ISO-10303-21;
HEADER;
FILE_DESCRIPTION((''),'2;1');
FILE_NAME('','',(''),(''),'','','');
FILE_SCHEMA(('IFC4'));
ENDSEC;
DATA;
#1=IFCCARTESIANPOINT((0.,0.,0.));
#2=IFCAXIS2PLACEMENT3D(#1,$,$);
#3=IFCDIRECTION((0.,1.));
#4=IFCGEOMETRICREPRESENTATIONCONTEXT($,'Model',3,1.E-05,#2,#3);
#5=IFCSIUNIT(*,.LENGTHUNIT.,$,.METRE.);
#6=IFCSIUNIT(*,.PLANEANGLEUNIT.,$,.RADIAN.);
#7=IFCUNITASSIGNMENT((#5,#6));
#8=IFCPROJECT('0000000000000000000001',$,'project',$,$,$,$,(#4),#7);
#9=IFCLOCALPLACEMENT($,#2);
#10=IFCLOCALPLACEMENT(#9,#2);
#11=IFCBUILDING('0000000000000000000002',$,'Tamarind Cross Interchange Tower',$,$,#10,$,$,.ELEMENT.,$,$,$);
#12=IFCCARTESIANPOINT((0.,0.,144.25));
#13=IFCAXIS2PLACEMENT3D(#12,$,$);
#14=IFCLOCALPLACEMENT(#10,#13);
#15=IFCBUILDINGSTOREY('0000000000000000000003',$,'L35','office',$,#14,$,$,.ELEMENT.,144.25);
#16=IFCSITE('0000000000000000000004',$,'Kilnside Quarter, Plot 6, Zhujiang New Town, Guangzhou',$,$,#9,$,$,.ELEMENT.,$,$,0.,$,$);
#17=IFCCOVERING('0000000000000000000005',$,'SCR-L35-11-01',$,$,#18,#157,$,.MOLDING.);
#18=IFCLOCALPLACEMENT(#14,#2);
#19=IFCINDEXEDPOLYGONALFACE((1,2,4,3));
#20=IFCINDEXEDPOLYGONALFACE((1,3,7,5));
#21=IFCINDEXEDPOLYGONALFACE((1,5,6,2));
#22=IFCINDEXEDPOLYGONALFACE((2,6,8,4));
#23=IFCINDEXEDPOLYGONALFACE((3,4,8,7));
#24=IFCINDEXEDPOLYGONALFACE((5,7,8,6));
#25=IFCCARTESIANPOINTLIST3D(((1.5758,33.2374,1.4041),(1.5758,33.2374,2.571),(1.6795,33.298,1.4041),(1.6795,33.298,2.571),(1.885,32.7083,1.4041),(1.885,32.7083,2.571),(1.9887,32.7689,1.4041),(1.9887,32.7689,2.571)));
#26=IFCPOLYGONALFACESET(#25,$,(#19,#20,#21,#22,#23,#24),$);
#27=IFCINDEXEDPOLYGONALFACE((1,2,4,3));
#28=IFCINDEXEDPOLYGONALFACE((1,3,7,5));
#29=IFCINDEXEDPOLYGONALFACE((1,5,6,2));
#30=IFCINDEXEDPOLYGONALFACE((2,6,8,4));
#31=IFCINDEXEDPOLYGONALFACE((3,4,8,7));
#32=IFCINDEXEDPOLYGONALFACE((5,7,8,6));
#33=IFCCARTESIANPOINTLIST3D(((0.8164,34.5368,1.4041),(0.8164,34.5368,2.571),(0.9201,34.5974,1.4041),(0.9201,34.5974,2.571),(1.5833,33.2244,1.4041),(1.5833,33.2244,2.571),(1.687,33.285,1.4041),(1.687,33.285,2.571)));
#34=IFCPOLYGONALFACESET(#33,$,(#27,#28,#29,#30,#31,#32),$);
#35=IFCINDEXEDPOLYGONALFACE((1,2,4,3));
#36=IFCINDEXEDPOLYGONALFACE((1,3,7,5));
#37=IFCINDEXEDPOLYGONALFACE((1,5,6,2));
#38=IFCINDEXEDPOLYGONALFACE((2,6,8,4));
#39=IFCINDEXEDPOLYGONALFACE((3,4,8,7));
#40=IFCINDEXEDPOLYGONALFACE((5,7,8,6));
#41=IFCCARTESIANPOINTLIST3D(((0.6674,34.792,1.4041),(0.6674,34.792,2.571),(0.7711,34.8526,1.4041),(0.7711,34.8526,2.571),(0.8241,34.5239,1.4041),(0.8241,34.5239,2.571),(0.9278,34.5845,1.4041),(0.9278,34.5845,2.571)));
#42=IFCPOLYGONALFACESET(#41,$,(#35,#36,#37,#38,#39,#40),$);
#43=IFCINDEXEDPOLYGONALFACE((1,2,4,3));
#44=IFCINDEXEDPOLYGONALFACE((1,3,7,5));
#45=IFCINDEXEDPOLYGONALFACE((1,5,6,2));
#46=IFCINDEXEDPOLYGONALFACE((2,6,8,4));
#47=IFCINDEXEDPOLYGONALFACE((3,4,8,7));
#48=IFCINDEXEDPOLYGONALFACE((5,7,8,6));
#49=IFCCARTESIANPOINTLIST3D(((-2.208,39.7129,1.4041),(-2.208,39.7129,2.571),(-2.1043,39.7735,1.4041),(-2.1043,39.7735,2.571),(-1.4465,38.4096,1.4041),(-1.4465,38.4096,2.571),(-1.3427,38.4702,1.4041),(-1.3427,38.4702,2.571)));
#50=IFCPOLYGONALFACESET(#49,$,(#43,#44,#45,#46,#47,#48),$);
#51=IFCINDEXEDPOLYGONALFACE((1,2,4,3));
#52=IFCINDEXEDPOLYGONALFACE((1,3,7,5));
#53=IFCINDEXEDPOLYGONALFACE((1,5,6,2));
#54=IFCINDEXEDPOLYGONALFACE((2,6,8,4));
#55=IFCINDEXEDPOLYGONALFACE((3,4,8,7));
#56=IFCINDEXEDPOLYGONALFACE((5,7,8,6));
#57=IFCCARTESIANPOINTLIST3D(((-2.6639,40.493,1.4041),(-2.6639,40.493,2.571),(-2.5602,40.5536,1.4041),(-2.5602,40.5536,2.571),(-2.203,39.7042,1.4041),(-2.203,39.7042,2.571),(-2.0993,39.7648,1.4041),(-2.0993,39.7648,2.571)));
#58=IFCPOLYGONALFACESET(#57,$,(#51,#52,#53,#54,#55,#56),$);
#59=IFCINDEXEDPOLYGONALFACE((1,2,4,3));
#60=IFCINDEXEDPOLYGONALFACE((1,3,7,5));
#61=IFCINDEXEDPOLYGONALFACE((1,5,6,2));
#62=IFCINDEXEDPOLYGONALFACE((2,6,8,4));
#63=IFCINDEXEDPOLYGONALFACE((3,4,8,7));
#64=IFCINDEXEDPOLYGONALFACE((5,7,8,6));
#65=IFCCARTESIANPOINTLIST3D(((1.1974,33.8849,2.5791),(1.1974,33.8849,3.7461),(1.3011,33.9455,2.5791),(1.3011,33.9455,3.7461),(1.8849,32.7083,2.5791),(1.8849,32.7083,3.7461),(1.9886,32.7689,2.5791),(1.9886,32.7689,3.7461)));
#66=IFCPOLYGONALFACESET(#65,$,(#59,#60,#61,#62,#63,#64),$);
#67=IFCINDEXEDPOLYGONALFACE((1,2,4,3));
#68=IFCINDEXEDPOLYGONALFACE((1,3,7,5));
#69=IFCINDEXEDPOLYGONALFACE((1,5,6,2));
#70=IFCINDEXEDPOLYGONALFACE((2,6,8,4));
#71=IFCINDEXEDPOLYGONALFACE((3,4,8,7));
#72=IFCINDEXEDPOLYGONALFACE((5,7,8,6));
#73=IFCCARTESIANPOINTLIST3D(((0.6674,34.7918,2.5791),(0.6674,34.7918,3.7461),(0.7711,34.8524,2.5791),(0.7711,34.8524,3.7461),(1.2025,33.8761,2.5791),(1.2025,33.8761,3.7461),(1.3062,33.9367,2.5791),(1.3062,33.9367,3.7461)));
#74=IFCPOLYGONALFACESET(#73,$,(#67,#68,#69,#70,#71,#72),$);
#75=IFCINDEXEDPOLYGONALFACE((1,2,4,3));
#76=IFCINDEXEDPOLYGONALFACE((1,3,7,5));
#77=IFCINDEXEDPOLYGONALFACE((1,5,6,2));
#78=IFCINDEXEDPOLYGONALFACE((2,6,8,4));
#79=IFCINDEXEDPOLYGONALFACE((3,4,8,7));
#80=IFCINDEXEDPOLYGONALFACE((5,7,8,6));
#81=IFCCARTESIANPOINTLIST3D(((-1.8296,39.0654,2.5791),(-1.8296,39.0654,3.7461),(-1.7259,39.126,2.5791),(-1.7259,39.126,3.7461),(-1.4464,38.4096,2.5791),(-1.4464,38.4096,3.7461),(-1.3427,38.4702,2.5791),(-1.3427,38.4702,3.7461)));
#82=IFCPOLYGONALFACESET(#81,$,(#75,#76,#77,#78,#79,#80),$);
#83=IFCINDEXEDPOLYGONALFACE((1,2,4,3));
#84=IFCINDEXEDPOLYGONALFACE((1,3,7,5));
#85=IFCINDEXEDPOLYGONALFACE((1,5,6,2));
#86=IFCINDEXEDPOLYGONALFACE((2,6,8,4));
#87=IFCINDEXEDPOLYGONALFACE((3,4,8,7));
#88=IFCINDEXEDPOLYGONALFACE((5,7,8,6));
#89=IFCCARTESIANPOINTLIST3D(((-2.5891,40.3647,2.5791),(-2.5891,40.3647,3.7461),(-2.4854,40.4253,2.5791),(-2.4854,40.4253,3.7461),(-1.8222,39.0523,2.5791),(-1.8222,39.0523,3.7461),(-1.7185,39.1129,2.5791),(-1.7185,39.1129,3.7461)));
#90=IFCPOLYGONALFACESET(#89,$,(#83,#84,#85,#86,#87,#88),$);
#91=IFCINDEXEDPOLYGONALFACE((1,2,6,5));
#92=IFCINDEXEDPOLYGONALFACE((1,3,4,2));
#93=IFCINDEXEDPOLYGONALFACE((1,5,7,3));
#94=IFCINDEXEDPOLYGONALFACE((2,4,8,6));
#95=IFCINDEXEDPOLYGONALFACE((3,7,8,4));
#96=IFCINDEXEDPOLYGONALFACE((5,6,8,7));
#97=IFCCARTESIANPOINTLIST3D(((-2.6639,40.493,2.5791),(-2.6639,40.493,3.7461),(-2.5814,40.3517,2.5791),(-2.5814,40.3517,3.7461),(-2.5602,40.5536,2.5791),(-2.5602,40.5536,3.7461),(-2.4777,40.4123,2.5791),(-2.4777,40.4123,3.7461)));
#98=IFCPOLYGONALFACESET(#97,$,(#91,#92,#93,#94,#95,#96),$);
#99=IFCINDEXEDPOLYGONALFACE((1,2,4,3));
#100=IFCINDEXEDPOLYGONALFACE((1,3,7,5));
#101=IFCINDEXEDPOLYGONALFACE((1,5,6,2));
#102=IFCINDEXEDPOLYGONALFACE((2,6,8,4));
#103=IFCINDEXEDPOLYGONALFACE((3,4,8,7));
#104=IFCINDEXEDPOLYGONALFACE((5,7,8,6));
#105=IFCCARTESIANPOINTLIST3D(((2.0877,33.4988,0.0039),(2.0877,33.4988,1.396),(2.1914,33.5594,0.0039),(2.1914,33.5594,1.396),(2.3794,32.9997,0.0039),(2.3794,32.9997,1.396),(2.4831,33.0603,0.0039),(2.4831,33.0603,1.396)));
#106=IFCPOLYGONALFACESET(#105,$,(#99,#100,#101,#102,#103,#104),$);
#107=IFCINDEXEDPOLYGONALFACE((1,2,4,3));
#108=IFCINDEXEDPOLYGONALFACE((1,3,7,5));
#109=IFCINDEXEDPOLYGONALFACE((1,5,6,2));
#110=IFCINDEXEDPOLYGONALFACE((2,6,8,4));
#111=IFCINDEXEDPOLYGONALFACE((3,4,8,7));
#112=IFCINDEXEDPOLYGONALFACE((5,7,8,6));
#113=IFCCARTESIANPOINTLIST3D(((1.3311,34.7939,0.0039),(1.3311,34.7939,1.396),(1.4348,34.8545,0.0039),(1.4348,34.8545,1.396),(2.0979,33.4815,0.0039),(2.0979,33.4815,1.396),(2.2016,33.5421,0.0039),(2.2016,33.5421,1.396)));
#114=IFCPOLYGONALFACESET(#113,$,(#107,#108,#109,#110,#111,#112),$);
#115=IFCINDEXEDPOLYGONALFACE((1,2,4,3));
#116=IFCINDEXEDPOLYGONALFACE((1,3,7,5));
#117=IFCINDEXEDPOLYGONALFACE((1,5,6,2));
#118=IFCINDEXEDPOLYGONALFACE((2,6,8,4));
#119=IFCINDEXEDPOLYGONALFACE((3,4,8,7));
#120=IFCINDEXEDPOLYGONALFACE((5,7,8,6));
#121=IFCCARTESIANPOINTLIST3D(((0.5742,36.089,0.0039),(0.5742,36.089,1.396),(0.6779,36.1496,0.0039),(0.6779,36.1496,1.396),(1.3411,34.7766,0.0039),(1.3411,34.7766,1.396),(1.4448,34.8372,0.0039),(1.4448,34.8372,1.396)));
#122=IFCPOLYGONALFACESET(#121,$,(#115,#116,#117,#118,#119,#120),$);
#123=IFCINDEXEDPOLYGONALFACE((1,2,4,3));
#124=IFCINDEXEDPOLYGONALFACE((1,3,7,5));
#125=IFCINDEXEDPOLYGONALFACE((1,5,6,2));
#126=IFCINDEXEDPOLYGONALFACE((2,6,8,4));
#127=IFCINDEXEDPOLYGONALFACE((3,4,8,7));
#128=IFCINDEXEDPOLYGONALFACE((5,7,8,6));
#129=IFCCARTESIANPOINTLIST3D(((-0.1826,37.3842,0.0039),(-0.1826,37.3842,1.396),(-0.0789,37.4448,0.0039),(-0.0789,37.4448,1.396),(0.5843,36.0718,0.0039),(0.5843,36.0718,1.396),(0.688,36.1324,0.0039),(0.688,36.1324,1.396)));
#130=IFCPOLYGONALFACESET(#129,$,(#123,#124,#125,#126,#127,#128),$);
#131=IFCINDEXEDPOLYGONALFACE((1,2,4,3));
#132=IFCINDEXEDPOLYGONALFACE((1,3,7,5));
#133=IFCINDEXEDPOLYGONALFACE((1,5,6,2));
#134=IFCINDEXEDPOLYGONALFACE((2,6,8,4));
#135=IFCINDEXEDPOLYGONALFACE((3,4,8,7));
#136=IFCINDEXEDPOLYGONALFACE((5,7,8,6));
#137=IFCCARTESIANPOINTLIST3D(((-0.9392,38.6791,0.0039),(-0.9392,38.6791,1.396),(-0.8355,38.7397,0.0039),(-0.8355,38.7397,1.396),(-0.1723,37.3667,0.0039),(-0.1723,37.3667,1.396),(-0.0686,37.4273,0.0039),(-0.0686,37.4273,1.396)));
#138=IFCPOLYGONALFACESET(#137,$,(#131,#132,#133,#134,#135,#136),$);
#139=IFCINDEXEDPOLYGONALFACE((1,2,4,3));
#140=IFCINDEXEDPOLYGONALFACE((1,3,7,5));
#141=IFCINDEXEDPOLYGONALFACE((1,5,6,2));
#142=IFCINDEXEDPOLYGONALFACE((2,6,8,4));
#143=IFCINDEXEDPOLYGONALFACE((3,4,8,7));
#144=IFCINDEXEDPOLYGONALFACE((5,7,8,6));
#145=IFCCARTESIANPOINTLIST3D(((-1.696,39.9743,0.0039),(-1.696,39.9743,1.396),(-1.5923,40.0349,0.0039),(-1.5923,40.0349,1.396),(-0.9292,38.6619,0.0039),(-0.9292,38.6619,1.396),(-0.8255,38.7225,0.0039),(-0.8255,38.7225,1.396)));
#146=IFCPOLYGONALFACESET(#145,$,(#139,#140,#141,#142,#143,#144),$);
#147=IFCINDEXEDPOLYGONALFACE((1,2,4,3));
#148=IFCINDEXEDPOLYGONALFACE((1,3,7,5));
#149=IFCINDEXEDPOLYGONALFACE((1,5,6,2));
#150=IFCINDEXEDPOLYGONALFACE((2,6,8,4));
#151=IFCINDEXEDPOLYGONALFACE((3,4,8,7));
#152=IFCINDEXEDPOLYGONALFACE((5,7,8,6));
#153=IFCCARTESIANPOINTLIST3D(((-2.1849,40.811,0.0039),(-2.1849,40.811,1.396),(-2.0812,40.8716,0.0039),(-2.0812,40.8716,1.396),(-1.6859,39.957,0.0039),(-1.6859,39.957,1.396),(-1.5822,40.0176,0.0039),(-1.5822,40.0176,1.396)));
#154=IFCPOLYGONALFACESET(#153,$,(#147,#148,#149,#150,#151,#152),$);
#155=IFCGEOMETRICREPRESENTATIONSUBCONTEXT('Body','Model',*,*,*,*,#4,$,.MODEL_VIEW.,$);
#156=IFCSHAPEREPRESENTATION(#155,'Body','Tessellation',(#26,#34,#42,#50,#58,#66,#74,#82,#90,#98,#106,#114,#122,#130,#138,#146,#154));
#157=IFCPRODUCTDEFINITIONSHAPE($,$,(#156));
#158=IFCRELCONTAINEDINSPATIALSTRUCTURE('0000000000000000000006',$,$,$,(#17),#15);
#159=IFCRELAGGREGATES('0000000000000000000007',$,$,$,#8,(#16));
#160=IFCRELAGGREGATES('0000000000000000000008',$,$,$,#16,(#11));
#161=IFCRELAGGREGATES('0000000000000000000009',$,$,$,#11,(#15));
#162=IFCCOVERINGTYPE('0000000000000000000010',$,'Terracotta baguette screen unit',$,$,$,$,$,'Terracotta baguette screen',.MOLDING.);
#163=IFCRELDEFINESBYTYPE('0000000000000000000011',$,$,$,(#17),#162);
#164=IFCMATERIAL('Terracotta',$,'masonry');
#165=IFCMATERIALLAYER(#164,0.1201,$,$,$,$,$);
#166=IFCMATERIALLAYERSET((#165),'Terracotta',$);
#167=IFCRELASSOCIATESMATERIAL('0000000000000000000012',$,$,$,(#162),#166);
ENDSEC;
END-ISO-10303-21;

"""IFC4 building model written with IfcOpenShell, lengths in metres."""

from ifc_helpers import new_model, si_unit, direction, frame, origin, origin_2d, place, context, subcontext, project, spatial, rectangle, extrude, material, layer, layer_set, type_object, element, save


model = new_model("IFC4")

# Units and contexts
model_context = context("Model", 3, precision=1e-05, world=origin(), true_north=direction((0.0, 1.0)))
body_context = subcontext(model_context, "Body", "Model", "MODEL_VIEW")
ifc_project = project(units=[si_unit("LENGTHUNIT", "METRE"), si_unit("PLANEANGLEUNIT", "RADIAN")], contexts=[model_context])

# Site, building, storey
site_placement = place(None, origin())
site = spatial("IfcSite", under=ifc_project, at=site_placement, Name="Kilnside Quarter, Plot 6, Zhujiang New Town, Guangzhou", CompositionType="ELEMENT", RefElevation=0.0)
building_placement = place(site_placement, origin())
building = spatial("IfcBuilding", under=site, at=building_placement, Name="Tamarind Cross Interchange Tower", CompositionType="ELEMENT")
storey_placement = place(building_placement, frame((0.0, 0.0, 144.25)))
storey = spatial("IfcBuildingStorey", under=building, at=storey_placement, Name="L35", Description="office", CompositionType="ELEMENT", Elevation=144.25)

# Covering
ifc_material_1 = material(Name="Terracotta", Category="masonry")
ifc_layer_1 = layer(ifc_material_1, 0.1201)
ifc_layer_set_1 = layer_set([ifc_layer_1], Name="Terracotta")
covering_type = type_object("IfcCoveringType", Name="Terracotta baguette screen unit", ElementType="Terracotta baguette screen", PredefinedType="MOLDING", material=ifc_layer_set_1)
covering_1_placement = place(storey_placement, origin())
element("IfcCovering", 1, at=covering_1_placement, inside=storey, type_object=covering_type, Name="SCR-L35-11-01", PredefinedType="MOLDING", context=body_context, shape_type="SweptSolid", body=[
    extrude(rectangle(XDim=0.6128, YDim=0.1201, at=origin_2d()), frame((1.7822, 33.0032, 1.4041), z_axis=(0.0, 0.0, 1.0), x_axis=(-0.504516, 0.863403, 0.0)), (0.0, 0.0, 1.0), 1.167),
    extrude(rectangle(XDim=1.52, YDim=0.1201, at=origin_2d()), frame((1.2517, 33.9109, 1.4041), z_axis=(0.0, 0.0, 1.0), x_axis=(-0.504516, 0.863403, 0.0)), (0.0, 0.0, 1.0), 1.167),
    extrude(rectangle(XDim=0.3105, YDim=0.1201, at=origin_2d()), frame((0.7976, 34.6882, 1.4041), z_axis=(0.0, 0.0, 1.0), x_axis=(-0.504516, 0.863403, 0.0)), (0.0, 0.0, 1.0), 1.167),
    extrude(rectangle(XDim=1.5095, YDim=0.1201, at=origin_2d()), frame((-1.7754, 39.0916, 1.4041), z_axis=(0.0, 0.0, 1.0), x_axis=(-0.504516, 0.863403, 0.0)), (0.0, 0.0, 1.0), 1.167),
    extrude(rectangle(XDim=0.9136, YDim=0.1201, at=origin_2d()), frame((-2.3816, 40.1289, 1.4041), z_axis=(0.0, 0.0, 1.0), x_axis=(-0.504516, 0.863403, 0.0)), (0.0, 0.0, 1.0), 1.167),
    extrude(rectangle(XDim=1.3628, YDim=0.1201, at=origin_2d()), frame((1.593, 33.3269, 2.5791), z_axis=(0.0, 0.0, 1.0), x_axis=(-0.504516, 0.863403, 0.0)), (0.0, 0.0, 1.0), 1.167),
    extrude(rectangle(XDim=1.0605, YDim=0.1201, at=origin_2d()), frame((0.9868, 34.3643, 2.5791), z_axis=(0.0, 0.0, 1.0), x_axis=(-0.504516, 0.863403, 0.0)), (0.0, 0.0, 1.0), 1.167),
    extrude(rectangle(XDim=0.7595, YDim=0.1201, at=origin_2d()), frame((-1.5862, 38.7678, 2.5791), z_axis=(0.0, 0.0, 1.0), x_axis=(-0.504516, 0.863403, 0.0)), (0.0, 0.0, 1.0), 1.167),
    extrude(rectangle(XDim=1.52, YDim=0.1201, at=origin_2d()), frame((-2.1538, 39.7388, 2.5791), z_axis=(0.0, 0.0, 1.0), x_axis=(-0.504516, 0.863403, 0.0)), (0.0, 0.0, 1.0), 1.167),
    extrude(rectangle(XDim=0.1636, YDim=0.1201, at=origin_2d()), frame((-2.5708, 40.4526, 2.5791), z_axis=(0.0, 0.0, 1.0), x_axis=(-0.504516, 0.863403, 0.0)), (0.0, 0.0, 1.0), 1.167),
    extrude(rectangle(XDim=0.5781, YDim=0.1201, at=origin_2d()), frame((2.2854, 33.2795, 0.0039), z_axis=(0.0, 0.0, 1.0), x_axis=(-0.504516, 0.863403, 0.0)), (0.0, 0.0, 1.0), 1.3921),
    extrude(rectangle(XDim=1.52, YDim=0.1201, at=origin_2d()), frame((1.7664, 34.168, 0.0039), z_axis=(0.0, 0.0, 1.0), x_axis=(-0.504516, 0.863403, 0.0)), (0.0, 0.0, 1.0), 1.3921),
    extrude(rectangle(XDim=1.52, YDim=0.1201, at=origin_2d()), frame((1.0095, 35.4631, 0.0039), z_axis=(0.0, 0.0, 1.0), x_axis=(-0.504516, 0.863403, 0.0)), (0.0, 0.0, 1.0), 1.3921),
    extrude(rectangle(XDim=1.52, YDim=0.1201, at=origin_2d()), frame((0.2527, 36.7583, 0.0039), z_axis=(0.0, 0.0, 1.0), x_axis=(-0.504516, 0.863403, 0.0)), (0.0, 0.0, 1.0), 1.3921),
    extrude(rectangle(XDim=1.52, YDim=0.1201, at=origin_2d()), frame((-0.5039, 38.0532, 0.0039), z_axis=(0.0, 0.0, 1.0), x_axis=(-0.504516, 0.863403, 0.0)), (0.0, 0.0, 1.0), 1.3921),
    extrude(rectangle(XDim=1.52, YDim=0.1201, at=origin_2d()), frame((-1.2607, 39.3484, 0.0039), z_axis=(0.0, 0.0, 1.0), x_axis=(-0.504516, 0.863403, 0.0)), (0.0, 0.0, 1.0), 1.3921),
    extrude(rectangle(XDim=0.989, YDim=0.1201, at=origin_2d()), frame((-1.8835, 40.4143, 0.0039), z_axis=(0.0, 0.0, 1.0), x_axis=(-0.504516, 0.863403, 0.0)), (0.0, 0.0, 1.0), 1.3921),
])

save(model, "model.ifc")
